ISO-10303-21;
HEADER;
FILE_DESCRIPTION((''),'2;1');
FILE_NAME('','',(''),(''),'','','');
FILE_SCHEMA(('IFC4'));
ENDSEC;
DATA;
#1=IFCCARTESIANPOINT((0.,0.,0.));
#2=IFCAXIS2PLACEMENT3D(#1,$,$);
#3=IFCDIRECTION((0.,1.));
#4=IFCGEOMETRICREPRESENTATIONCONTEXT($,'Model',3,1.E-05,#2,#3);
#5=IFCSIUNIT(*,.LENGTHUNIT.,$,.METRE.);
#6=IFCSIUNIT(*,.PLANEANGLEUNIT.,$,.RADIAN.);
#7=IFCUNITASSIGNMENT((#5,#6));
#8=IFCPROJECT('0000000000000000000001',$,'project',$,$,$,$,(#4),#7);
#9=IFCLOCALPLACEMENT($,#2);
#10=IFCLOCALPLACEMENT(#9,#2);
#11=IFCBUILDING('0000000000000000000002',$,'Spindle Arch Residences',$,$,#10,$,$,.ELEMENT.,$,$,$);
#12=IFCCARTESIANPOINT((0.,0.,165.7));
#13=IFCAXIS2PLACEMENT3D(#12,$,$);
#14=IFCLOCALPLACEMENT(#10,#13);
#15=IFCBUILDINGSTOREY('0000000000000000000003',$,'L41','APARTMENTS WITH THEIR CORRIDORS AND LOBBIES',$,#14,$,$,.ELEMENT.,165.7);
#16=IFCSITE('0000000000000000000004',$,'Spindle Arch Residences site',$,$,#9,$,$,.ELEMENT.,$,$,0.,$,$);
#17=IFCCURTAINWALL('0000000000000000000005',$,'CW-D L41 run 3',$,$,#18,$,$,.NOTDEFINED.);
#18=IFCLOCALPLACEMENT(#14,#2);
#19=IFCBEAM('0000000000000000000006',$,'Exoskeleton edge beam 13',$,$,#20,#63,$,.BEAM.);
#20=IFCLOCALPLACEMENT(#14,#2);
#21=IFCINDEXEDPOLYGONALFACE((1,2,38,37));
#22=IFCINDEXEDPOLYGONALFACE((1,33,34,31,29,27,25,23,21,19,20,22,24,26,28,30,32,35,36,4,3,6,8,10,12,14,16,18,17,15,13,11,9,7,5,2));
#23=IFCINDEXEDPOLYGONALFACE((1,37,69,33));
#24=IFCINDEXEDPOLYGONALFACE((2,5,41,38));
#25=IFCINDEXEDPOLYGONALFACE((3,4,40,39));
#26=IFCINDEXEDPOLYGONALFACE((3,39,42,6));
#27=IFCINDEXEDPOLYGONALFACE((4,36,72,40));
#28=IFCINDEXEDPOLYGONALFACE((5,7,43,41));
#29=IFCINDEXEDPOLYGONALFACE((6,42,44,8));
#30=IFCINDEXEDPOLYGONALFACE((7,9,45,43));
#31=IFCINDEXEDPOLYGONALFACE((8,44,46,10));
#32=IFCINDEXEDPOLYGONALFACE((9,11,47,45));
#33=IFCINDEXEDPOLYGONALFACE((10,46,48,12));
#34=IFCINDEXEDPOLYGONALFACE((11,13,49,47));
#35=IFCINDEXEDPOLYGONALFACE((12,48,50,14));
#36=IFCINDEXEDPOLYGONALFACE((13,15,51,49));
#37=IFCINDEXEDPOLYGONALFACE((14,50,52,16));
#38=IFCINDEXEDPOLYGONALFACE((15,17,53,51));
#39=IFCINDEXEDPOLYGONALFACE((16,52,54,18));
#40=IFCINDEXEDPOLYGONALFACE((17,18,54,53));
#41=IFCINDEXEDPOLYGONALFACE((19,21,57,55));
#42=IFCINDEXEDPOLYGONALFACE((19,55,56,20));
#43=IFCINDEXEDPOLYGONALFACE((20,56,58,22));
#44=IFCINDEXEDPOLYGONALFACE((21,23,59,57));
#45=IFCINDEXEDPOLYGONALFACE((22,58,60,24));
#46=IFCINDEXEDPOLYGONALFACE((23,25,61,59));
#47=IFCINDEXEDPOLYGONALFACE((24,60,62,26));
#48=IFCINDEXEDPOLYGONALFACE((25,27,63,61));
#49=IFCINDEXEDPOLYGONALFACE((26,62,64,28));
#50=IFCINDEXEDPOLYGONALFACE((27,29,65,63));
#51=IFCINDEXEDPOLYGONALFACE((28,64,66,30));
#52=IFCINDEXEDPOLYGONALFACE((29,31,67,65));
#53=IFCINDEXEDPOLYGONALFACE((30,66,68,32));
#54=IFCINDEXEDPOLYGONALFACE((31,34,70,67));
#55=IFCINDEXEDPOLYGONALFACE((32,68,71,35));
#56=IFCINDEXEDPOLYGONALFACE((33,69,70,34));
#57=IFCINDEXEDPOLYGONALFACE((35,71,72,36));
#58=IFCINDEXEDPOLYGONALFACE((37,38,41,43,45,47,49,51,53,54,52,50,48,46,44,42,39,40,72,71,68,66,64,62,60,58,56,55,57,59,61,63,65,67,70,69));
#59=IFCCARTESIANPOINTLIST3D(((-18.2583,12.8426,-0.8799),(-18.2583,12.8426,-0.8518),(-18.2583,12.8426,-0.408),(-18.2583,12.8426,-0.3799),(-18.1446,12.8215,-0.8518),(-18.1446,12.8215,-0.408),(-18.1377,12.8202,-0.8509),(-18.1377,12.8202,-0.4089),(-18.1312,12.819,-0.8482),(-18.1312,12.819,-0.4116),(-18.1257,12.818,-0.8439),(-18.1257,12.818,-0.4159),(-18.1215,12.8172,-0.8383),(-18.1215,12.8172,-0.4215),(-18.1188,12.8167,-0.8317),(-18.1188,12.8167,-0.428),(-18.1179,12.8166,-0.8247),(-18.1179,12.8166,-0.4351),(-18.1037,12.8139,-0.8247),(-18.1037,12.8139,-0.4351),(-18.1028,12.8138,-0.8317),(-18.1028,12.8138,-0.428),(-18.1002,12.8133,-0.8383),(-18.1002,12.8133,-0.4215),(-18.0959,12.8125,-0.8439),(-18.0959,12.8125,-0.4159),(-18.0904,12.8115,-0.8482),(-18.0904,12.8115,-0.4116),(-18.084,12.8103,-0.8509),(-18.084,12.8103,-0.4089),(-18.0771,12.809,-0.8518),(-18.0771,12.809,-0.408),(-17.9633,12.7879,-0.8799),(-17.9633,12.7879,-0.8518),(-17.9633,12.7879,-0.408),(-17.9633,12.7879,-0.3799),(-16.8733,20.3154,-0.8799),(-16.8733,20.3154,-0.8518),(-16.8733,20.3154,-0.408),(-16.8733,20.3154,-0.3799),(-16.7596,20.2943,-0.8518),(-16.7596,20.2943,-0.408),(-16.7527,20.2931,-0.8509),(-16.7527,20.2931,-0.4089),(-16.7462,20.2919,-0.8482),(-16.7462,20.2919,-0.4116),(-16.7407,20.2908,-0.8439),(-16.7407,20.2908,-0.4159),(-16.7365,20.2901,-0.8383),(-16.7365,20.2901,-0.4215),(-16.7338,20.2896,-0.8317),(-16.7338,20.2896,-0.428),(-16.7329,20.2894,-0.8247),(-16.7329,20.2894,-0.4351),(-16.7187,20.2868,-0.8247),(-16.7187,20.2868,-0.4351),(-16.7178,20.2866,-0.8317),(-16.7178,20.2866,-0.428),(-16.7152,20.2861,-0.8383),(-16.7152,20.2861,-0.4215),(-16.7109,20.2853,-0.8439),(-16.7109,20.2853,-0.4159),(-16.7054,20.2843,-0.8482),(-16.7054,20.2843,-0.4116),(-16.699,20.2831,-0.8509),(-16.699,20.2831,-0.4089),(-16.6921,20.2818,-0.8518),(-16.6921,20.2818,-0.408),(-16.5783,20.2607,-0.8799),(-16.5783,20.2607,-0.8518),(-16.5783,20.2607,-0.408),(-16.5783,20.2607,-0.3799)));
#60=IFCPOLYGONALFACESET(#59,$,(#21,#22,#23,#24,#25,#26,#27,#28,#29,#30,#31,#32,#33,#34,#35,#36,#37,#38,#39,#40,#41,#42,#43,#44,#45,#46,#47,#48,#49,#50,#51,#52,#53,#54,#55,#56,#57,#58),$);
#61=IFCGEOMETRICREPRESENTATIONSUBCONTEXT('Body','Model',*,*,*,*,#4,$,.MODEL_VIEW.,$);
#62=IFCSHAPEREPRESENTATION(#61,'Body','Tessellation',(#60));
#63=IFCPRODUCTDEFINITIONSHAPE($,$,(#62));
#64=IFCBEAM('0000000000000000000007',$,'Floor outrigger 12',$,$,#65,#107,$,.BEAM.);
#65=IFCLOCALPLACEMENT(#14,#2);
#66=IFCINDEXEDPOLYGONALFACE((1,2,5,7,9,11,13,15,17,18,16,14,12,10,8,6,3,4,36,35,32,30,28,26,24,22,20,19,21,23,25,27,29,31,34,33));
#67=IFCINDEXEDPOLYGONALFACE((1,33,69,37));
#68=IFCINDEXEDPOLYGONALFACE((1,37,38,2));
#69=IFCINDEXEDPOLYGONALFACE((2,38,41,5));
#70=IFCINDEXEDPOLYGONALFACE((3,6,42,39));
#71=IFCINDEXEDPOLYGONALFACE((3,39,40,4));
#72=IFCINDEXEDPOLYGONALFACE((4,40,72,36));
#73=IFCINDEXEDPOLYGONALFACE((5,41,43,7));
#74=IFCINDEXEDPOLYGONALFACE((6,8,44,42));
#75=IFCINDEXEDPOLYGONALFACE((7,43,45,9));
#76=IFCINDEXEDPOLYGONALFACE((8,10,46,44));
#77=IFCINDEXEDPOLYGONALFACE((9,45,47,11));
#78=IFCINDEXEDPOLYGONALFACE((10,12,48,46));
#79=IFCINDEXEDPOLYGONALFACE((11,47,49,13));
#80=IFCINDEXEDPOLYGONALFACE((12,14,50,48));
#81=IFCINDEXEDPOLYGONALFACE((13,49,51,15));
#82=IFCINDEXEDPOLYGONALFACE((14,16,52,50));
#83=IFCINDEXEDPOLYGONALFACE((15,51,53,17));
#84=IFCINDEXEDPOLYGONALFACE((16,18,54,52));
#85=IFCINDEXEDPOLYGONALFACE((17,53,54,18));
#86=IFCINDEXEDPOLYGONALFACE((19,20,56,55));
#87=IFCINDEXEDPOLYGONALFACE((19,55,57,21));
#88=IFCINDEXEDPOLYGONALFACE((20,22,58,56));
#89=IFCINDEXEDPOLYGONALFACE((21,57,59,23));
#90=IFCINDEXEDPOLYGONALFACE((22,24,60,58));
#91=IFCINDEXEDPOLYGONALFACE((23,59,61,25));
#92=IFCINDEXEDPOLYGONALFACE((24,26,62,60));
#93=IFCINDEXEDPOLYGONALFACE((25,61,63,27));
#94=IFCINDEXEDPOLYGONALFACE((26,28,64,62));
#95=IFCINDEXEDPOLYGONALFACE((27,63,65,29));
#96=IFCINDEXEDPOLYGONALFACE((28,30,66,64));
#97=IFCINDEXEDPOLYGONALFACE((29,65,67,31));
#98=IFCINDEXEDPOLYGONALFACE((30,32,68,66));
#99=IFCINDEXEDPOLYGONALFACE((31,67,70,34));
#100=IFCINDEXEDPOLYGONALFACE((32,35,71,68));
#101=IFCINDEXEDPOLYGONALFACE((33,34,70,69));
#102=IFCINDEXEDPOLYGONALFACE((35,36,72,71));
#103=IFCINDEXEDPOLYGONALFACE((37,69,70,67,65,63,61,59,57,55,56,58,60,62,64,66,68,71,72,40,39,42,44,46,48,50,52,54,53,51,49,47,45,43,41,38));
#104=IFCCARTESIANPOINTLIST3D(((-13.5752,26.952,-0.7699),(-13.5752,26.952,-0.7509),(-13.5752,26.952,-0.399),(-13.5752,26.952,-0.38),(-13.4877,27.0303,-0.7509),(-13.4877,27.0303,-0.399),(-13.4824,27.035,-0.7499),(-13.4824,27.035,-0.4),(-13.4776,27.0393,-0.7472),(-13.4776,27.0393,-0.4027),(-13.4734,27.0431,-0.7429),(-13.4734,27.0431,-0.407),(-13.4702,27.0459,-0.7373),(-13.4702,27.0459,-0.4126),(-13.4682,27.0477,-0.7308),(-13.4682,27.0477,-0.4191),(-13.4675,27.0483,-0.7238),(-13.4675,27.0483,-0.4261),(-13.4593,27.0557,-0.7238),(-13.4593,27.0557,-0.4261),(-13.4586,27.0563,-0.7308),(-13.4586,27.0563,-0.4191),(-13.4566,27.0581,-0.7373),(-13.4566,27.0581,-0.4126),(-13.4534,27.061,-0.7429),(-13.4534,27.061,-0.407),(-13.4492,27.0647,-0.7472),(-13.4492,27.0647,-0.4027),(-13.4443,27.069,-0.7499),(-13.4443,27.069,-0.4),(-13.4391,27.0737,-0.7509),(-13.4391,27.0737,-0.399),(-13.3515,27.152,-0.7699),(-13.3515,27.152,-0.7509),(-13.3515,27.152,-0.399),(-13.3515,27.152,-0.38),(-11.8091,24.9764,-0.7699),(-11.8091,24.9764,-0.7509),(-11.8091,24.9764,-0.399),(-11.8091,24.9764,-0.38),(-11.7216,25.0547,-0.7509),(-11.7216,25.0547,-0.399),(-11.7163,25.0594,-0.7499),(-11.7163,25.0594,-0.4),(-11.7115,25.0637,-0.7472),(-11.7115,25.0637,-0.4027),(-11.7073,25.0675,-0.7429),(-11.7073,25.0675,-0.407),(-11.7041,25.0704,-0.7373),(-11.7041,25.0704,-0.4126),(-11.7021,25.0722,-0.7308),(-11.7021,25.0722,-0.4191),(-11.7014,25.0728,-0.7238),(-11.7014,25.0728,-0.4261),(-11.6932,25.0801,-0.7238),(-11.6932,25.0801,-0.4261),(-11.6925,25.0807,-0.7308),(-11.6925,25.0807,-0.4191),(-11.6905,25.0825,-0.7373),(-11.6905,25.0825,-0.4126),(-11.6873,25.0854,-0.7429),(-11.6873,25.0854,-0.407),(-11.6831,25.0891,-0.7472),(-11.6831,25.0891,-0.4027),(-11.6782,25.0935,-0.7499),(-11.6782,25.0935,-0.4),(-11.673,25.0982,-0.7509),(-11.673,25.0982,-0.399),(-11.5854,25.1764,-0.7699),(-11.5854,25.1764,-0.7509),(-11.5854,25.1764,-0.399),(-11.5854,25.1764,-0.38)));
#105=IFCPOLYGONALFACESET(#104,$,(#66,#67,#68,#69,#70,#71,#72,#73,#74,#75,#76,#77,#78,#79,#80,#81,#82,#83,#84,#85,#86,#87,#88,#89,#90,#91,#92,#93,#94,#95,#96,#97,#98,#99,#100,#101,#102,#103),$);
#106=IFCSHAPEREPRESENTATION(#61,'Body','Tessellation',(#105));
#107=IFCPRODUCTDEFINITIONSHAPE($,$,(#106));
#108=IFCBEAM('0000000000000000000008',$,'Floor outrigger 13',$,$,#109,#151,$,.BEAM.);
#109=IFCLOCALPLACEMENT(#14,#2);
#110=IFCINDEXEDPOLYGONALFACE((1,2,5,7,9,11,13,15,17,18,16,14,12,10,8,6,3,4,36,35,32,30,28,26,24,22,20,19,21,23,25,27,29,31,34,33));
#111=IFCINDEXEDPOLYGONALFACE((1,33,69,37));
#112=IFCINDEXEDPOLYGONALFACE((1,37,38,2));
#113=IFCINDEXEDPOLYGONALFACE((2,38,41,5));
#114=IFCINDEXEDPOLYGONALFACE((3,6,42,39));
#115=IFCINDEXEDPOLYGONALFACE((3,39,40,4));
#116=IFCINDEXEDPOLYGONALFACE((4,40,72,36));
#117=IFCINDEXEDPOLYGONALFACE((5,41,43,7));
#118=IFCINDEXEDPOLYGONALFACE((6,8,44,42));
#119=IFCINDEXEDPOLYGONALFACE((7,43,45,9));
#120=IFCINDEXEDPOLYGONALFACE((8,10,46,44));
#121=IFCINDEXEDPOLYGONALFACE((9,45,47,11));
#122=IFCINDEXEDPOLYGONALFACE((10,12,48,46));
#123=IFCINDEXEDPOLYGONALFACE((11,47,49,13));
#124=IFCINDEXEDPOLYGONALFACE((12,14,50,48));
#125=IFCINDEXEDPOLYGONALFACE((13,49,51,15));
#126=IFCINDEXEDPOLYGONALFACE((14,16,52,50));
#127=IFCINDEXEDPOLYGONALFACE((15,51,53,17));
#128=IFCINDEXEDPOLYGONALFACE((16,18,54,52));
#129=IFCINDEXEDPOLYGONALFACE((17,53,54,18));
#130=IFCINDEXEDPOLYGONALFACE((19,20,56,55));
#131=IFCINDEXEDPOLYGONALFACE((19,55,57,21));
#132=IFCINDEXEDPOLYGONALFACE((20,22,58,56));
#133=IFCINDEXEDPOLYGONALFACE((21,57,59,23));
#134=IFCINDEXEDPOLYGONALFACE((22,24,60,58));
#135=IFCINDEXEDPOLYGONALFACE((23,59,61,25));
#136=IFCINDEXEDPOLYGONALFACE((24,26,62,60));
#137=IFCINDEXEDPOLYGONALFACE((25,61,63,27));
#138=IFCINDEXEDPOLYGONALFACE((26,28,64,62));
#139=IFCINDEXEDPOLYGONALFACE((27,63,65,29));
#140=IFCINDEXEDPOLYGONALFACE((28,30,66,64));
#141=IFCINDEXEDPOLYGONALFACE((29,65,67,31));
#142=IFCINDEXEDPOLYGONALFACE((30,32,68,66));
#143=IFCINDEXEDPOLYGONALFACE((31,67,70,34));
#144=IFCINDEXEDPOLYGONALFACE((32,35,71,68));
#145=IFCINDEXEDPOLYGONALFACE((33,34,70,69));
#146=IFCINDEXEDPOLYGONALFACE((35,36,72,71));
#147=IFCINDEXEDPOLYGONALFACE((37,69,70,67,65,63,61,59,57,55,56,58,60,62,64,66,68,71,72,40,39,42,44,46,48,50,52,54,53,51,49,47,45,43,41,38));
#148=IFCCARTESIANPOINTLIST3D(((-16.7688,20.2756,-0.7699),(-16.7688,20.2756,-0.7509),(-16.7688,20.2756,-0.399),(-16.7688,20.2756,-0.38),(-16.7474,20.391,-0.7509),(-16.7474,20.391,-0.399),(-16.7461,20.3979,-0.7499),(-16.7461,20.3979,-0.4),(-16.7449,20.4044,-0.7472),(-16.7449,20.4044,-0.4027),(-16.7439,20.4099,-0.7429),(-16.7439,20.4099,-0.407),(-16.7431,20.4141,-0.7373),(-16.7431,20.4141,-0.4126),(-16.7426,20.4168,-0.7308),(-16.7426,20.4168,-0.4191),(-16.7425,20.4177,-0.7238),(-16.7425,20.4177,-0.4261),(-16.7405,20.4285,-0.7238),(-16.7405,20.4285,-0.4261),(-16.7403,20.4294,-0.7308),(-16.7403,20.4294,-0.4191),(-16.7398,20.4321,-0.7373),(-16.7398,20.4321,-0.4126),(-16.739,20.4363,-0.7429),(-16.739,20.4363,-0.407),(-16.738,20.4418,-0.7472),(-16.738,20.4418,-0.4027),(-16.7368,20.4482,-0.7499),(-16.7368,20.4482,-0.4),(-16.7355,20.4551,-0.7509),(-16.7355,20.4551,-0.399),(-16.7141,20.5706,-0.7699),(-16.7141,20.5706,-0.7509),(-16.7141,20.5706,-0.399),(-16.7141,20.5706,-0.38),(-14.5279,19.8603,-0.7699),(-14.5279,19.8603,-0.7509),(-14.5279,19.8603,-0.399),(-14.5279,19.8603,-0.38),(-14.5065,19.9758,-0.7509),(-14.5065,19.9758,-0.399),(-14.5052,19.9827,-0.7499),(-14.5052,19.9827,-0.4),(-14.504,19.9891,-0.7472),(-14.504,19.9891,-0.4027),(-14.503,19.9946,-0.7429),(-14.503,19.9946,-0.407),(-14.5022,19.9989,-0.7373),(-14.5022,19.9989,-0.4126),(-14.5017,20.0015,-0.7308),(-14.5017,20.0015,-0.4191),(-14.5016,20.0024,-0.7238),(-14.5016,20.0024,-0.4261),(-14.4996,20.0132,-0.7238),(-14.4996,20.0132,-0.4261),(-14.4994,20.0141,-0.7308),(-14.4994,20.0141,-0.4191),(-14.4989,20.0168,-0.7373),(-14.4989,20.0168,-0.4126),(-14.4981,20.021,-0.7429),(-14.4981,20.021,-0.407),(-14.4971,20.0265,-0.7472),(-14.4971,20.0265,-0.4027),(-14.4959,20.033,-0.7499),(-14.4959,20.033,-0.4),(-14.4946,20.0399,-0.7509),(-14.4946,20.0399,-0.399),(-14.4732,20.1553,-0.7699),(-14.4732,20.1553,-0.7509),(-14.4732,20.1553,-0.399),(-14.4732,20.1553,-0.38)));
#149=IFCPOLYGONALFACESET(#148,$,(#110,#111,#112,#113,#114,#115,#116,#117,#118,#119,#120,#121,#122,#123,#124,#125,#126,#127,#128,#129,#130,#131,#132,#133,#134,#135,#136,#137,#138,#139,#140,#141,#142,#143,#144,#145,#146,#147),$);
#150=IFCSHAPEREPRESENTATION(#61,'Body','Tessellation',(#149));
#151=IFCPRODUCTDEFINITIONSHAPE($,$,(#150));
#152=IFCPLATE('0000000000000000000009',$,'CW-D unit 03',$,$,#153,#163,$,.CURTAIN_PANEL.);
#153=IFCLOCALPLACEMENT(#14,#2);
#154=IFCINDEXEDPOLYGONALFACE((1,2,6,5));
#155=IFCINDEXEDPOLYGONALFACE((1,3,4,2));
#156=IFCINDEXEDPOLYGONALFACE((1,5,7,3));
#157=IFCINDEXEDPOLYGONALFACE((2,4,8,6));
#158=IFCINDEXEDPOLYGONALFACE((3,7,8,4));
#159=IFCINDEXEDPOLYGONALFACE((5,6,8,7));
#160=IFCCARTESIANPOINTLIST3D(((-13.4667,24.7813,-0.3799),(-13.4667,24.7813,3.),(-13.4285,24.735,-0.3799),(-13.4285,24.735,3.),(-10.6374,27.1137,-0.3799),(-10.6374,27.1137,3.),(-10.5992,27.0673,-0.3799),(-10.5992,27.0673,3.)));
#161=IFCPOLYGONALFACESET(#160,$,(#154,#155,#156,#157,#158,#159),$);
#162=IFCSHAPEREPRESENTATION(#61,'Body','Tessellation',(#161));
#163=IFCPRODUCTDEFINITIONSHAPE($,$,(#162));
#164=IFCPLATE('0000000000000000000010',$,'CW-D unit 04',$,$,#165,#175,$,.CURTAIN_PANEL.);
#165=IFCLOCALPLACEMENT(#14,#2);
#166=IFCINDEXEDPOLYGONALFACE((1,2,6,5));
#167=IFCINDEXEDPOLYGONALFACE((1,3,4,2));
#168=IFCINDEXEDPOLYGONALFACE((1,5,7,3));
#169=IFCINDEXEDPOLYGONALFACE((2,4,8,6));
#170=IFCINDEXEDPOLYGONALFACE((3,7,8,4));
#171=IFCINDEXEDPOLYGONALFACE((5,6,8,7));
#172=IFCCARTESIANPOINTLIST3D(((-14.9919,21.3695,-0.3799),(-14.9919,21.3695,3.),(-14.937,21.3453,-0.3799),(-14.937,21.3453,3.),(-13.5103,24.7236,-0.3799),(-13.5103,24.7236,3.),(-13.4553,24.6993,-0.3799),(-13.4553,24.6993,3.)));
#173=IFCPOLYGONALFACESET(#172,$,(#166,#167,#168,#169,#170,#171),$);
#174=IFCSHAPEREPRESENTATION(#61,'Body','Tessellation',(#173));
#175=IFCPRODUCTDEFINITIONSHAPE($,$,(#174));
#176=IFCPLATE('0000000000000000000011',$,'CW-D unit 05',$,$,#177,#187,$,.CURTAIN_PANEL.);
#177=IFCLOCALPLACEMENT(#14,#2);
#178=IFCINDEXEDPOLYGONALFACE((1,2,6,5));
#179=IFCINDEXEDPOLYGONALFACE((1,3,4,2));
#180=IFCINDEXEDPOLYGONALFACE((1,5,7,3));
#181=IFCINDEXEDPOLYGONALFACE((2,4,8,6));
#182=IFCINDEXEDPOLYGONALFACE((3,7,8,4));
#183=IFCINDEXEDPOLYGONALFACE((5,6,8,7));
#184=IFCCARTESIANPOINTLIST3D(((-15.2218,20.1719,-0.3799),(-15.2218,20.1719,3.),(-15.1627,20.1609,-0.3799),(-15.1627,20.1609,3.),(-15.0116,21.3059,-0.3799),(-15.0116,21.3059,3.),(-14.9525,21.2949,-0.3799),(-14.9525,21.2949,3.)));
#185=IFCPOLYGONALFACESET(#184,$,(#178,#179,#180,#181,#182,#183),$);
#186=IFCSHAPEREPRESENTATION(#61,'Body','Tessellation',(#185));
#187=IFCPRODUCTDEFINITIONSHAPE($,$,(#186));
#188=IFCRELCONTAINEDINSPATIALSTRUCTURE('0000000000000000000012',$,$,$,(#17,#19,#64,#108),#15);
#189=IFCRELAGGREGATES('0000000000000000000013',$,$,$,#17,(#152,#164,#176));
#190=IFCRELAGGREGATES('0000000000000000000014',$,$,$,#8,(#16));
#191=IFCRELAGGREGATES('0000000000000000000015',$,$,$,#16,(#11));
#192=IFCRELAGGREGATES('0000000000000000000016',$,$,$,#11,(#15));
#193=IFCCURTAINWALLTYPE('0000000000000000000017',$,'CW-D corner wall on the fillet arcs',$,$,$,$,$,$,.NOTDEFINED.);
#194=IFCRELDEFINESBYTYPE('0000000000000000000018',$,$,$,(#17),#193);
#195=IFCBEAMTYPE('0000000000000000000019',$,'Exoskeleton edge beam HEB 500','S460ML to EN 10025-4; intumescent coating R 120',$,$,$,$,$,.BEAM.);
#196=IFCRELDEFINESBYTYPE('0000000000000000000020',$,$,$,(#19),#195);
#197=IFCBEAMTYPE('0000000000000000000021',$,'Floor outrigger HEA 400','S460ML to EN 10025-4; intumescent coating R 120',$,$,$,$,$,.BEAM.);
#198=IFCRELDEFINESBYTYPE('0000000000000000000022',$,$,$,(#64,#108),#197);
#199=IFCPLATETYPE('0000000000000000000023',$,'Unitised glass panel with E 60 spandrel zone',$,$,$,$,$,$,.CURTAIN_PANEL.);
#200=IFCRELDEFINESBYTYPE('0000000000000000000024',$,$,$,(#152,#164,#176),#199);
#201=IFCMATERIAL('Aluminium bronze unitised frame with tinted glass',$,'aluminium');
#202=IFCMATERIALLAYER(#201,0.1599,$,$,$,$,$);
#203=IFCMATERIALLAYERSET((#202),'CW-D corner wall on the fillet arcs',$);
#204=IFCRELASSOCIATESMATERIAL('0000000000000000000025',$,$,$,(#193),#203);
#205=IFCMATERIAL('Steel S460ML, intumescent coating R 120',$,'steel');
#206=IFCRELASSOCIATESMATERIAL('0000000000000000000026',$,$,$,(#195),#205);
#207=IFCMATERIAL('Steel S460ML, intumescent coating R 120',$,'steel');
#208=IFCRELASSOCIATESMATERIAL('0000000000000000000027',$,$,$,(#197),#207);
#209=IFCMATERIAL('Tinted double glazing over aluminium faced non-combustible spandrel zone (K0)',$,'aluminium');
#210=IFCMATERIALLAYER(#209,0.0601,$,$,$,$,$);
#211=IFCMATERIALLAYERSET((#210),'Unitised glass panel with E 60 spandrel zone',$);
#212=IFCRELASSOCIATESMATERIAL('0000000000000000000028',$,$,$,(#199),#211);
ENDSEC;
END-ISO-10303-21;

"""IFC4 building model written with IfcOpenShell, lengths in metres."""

from ifc_helpers import new_model, si_unit, direction, frame, origin, origin_2d, place, context, subcontext, project, spatial, rectangle, i_section, extrude, material, layer, layer_set, material_profile, profile_set, type_object, element, aggregate, save


model = new_model("IFC4")

# Units and contexts
model_context = context("Model", 3, precision=1e-05, world=origin(), true_north=direction((0.0, 1.0)))
body_context = subcontext(model_context, "Body", "Model", "MODEL_VIEW")
ifc_project = project(units=[si_unit("LENGTHUNIT", "METRE"), si_unit("PLANEANGLEUNIT", "RADIAN")], contexts=[model_context])

# Site, building, storey
site_placement = place(None, origin())
site = spatial("IfcSite", under=ifc_project, at=site_placement, Name="Spindle Arch Residences site", CompositionType="ELEMENT", RefElevation=0.0)
building_placement = place(site_placement, origin())
building = spatial("IfcBuilding", under=site, at=building_placement, Name="Spindle Arch Residences", CompositionType="ELEMENT")
storey_placement = place(building_placement, frame((0.0, 0.0, 165.7)))
storey = spatial("IfcBuildingStorey", under=building, at=storey_placement, Name="L41", Description="APARTMENTS WITH THEIR CORRIDORS AND LOBBIES", CompositionType="ELEMENT", Elevation=165.7)

# Curtain wall
ifc_material_1 = material(Name="Aluminium bronze unitised frame with tinted glass", Category="aluminium")
ifc_layer_1 = layer(ifc_material_1, 0.1599)
ifc_layer_set_1 = layer_set([ifc_layer_1], Name="CW-D corner wall on the fillet arcs")
curtain_wall_type_1 = type_object("IfcCurtainWallType", Name="CW-D corner wall on the fillet arcs", PredefinedType="NOTDEFINED", material=ifc_layer_set_1)
curtain_wall_1_placement = place(storey_placement, origin())
curtain_wall_1 = element("IfcCurtainWall", 1, at=curtain_wall_1_placement, inside=storey, type_object=curtain_wall_type_1, Name="CW-D L41 run 3", PredefinedType="NOTDEFINED")

# Beams
ifc_material_2 = material(Name="Steel S460ML, intumescent coating R 120", Category="steel")
ifc_material_profile_1 = material_profile(ifc_material_2, i_section(OverallWidth=0.3, OverallDepth=0.5, WebThickness=0.0144, FlangeThickness=0.0281, FilletRadius=0.0271, at=origin_2d()), Name="HEB 500")
ifc_profile_set_1 = profile_set([ifc_material_profile_1], Name="Steel S460ML, intumescent coating R 120")
beam_type_1 = type_object("IfcBeamType", Name="Exoskeleton edge beam HEB 500", Description="S460ML to EN 10025-4; intumescent coating R 120", PredefinedType="BEAM", material=ifc_profile_set_1)
beam_1_placement = place(storey_placement, frame((-16.7258, 20.2881, -0.6299), z_axis=(-0.182234, -0.983255, 0.0), x_axis=(0.983255, -0.182234, 0.0)))
element("IfcBeam", 2, at=beam_1_placement, inside=storey, type_object=beam_type_1, Name="Exoskeleton edge beam 13", PredefinedType="BEAM", context=body_context, shape_type="SweptSolid", body=[
    extrude(i_section(OverallWidth=0.3, OverallDepth=0.5, WebThickness=0.0144, FlangeThickness=0.0281, FilletRadius=0.0271, at=origin_2d()), origin(), (0.0, 0.0, 1.0), 7.6001),
])
ifc_material_3 = material(Name="Steel S460ML, intumescent coating R 120", Category="steel")
ifc_material_profile_2 = material_profile(ifc_material_3, i_section(OverallWidth=0.3, OverallDepth=0.3899, WebThickness=0.011, FlangeThickness=0.019, FilletRadius=0.0271, at=origin_2d()), Name="HEA 400")
ifc_profile_set_2 = profile_set([ifc_material_profile_2], Name="Steel S460ML, intumescent coating R 120")
beam_type_2 = type_object("IfcBeamType", Name="Floor outrigger HEA 400", Description="S460ML to EN 10025-4; intumescent coating R 120", PredefinedType="BEAM", material=ifc_profile_set_2)
beam_2_placement = place(storey_placement, frame((-13.4634, 27.052, -0.575), z_axis=(0.666477, -0.745526, 0.0), x_axis=(0.745526, 0.666477, 0.0)))
element("IfcBeam", 3, at=beam_2_placement, inside=storey, type_object=beam_type_2, Name="Floor outrigger 12", PredefinedType="BEAM", context=body_context, shape_type="SweptSolid", body=[
    extrude(i_section(OverallWidth=0.3, OverallDepth=0.3899, WebThickness=0.011, FlangeThickness=0.019, FilletRadius=0.0271, at=origin_2d()), origin(), (0.0, 0.0, 1.0), 2.6499),
])
beam_3_placement = place(storey_placement, frame((-16.7415, 20.4231, -0.575), z_axis=(0.983259, -0.182212, 0.0), x_axis=(0.182212, 0.983259, 0.0)))
element("IfcBeam", 4, at=beam_3_placement, inside=storey, type_object=beam_type_2, Name="Floor outrigger 13", PredefinedType="BEAM", context=body_context, shape_type="SweptSolid", body=[
    extrude(i_section(OverallWidth=0.3, OverallDepth=0.3899, WebThickness=0.011, FlangeThickness=0.019, FilletRadius=0.0271, at=origin_2d()), origin(), (0.0, 0.0, 1.0), 2.2791),
])

# Plates
ifc_material_4 = material(Name="Tinted double glazing over aluminium faced non-combustible spandrel zone (K0)", Category="aluminium")
ifc_layer_2 = layer(ifc_material_4, 0.0601)
ifc_layer_set_2 = layer_set([ifc_layer_2], Name="Unitised glass panel with E 60 spandrel zone")
plate_type = type_object("IfcPlateType", Name="Unitised glass panel with E 60 spandrel zone", PredefinedType="CURTAIN_PANEL", material=ifc_layer_set_2)
plate_1_placement = place(storey_placement, frame((-12.033, 25.9243, -0.3799), z_axis=(0.0, 0.0, 1.0), x_axis=(-0.771625, -0.636078, 0.0)))
plate_1 = element("IfcPlate", 5, at=plate_1_placement, type_object=plate_type, Name="CW-D unit 03", PredefinedType="CURTAIN_PANEL", context=body_context, shape_type="SweptSolid", body=[
    extrude(rectangle(XDim=3.6667, YDim=0.0601, at=origin_2d()), origin(), (0.0, 0.0, 1.0), 3.3799),
])
plate_2_placement = place(storey_placement, frame((-14.2236, 23.0344, -0.3799), z_axis=(0.0, 0.0, 1.0), x_axis=(-0.404078, -0.914725, 0.0)))
plate_2 = element("IfcPlate", 6, at=plate_2_placement, type_object=plate_type, Name="CW-D unit 04", PredefinedType="CURTAIN_PANEL", context=body_context, shape_type="SweptSolid", body=[
    extrude(rectangle(XDim=3.6667, YDim=0.0601, at=origin_2d()), origin(), (0.0, 0.0, 1.0), 3.3799),
])
plate_3_placement = place(storey_placement, frame((-15.0872, 20.7334, -0.3799), z_axis=(0.0, 0.0, 1.0), x_axis=(-0.182236, -0.983255, 0.0)))
plate_3 = element("IfcPlate", 7, at=plate_3_placement, type_object=plate_type, Name="CW-D unit 05", PredefinedType="CURTAIN_PANEL", context=body_context, shape_type="SweptSolid", body=[
    extrude(rectangle(XDim=1.1533, YDim=0.0601, at=origin_2d()), origin(), (0.0, 0.0, 1.0), 3.3799),
])
aggregate(curtain_wall_1, [plate_1, plate_2, plate_3])

save(model, "model.ifc")
